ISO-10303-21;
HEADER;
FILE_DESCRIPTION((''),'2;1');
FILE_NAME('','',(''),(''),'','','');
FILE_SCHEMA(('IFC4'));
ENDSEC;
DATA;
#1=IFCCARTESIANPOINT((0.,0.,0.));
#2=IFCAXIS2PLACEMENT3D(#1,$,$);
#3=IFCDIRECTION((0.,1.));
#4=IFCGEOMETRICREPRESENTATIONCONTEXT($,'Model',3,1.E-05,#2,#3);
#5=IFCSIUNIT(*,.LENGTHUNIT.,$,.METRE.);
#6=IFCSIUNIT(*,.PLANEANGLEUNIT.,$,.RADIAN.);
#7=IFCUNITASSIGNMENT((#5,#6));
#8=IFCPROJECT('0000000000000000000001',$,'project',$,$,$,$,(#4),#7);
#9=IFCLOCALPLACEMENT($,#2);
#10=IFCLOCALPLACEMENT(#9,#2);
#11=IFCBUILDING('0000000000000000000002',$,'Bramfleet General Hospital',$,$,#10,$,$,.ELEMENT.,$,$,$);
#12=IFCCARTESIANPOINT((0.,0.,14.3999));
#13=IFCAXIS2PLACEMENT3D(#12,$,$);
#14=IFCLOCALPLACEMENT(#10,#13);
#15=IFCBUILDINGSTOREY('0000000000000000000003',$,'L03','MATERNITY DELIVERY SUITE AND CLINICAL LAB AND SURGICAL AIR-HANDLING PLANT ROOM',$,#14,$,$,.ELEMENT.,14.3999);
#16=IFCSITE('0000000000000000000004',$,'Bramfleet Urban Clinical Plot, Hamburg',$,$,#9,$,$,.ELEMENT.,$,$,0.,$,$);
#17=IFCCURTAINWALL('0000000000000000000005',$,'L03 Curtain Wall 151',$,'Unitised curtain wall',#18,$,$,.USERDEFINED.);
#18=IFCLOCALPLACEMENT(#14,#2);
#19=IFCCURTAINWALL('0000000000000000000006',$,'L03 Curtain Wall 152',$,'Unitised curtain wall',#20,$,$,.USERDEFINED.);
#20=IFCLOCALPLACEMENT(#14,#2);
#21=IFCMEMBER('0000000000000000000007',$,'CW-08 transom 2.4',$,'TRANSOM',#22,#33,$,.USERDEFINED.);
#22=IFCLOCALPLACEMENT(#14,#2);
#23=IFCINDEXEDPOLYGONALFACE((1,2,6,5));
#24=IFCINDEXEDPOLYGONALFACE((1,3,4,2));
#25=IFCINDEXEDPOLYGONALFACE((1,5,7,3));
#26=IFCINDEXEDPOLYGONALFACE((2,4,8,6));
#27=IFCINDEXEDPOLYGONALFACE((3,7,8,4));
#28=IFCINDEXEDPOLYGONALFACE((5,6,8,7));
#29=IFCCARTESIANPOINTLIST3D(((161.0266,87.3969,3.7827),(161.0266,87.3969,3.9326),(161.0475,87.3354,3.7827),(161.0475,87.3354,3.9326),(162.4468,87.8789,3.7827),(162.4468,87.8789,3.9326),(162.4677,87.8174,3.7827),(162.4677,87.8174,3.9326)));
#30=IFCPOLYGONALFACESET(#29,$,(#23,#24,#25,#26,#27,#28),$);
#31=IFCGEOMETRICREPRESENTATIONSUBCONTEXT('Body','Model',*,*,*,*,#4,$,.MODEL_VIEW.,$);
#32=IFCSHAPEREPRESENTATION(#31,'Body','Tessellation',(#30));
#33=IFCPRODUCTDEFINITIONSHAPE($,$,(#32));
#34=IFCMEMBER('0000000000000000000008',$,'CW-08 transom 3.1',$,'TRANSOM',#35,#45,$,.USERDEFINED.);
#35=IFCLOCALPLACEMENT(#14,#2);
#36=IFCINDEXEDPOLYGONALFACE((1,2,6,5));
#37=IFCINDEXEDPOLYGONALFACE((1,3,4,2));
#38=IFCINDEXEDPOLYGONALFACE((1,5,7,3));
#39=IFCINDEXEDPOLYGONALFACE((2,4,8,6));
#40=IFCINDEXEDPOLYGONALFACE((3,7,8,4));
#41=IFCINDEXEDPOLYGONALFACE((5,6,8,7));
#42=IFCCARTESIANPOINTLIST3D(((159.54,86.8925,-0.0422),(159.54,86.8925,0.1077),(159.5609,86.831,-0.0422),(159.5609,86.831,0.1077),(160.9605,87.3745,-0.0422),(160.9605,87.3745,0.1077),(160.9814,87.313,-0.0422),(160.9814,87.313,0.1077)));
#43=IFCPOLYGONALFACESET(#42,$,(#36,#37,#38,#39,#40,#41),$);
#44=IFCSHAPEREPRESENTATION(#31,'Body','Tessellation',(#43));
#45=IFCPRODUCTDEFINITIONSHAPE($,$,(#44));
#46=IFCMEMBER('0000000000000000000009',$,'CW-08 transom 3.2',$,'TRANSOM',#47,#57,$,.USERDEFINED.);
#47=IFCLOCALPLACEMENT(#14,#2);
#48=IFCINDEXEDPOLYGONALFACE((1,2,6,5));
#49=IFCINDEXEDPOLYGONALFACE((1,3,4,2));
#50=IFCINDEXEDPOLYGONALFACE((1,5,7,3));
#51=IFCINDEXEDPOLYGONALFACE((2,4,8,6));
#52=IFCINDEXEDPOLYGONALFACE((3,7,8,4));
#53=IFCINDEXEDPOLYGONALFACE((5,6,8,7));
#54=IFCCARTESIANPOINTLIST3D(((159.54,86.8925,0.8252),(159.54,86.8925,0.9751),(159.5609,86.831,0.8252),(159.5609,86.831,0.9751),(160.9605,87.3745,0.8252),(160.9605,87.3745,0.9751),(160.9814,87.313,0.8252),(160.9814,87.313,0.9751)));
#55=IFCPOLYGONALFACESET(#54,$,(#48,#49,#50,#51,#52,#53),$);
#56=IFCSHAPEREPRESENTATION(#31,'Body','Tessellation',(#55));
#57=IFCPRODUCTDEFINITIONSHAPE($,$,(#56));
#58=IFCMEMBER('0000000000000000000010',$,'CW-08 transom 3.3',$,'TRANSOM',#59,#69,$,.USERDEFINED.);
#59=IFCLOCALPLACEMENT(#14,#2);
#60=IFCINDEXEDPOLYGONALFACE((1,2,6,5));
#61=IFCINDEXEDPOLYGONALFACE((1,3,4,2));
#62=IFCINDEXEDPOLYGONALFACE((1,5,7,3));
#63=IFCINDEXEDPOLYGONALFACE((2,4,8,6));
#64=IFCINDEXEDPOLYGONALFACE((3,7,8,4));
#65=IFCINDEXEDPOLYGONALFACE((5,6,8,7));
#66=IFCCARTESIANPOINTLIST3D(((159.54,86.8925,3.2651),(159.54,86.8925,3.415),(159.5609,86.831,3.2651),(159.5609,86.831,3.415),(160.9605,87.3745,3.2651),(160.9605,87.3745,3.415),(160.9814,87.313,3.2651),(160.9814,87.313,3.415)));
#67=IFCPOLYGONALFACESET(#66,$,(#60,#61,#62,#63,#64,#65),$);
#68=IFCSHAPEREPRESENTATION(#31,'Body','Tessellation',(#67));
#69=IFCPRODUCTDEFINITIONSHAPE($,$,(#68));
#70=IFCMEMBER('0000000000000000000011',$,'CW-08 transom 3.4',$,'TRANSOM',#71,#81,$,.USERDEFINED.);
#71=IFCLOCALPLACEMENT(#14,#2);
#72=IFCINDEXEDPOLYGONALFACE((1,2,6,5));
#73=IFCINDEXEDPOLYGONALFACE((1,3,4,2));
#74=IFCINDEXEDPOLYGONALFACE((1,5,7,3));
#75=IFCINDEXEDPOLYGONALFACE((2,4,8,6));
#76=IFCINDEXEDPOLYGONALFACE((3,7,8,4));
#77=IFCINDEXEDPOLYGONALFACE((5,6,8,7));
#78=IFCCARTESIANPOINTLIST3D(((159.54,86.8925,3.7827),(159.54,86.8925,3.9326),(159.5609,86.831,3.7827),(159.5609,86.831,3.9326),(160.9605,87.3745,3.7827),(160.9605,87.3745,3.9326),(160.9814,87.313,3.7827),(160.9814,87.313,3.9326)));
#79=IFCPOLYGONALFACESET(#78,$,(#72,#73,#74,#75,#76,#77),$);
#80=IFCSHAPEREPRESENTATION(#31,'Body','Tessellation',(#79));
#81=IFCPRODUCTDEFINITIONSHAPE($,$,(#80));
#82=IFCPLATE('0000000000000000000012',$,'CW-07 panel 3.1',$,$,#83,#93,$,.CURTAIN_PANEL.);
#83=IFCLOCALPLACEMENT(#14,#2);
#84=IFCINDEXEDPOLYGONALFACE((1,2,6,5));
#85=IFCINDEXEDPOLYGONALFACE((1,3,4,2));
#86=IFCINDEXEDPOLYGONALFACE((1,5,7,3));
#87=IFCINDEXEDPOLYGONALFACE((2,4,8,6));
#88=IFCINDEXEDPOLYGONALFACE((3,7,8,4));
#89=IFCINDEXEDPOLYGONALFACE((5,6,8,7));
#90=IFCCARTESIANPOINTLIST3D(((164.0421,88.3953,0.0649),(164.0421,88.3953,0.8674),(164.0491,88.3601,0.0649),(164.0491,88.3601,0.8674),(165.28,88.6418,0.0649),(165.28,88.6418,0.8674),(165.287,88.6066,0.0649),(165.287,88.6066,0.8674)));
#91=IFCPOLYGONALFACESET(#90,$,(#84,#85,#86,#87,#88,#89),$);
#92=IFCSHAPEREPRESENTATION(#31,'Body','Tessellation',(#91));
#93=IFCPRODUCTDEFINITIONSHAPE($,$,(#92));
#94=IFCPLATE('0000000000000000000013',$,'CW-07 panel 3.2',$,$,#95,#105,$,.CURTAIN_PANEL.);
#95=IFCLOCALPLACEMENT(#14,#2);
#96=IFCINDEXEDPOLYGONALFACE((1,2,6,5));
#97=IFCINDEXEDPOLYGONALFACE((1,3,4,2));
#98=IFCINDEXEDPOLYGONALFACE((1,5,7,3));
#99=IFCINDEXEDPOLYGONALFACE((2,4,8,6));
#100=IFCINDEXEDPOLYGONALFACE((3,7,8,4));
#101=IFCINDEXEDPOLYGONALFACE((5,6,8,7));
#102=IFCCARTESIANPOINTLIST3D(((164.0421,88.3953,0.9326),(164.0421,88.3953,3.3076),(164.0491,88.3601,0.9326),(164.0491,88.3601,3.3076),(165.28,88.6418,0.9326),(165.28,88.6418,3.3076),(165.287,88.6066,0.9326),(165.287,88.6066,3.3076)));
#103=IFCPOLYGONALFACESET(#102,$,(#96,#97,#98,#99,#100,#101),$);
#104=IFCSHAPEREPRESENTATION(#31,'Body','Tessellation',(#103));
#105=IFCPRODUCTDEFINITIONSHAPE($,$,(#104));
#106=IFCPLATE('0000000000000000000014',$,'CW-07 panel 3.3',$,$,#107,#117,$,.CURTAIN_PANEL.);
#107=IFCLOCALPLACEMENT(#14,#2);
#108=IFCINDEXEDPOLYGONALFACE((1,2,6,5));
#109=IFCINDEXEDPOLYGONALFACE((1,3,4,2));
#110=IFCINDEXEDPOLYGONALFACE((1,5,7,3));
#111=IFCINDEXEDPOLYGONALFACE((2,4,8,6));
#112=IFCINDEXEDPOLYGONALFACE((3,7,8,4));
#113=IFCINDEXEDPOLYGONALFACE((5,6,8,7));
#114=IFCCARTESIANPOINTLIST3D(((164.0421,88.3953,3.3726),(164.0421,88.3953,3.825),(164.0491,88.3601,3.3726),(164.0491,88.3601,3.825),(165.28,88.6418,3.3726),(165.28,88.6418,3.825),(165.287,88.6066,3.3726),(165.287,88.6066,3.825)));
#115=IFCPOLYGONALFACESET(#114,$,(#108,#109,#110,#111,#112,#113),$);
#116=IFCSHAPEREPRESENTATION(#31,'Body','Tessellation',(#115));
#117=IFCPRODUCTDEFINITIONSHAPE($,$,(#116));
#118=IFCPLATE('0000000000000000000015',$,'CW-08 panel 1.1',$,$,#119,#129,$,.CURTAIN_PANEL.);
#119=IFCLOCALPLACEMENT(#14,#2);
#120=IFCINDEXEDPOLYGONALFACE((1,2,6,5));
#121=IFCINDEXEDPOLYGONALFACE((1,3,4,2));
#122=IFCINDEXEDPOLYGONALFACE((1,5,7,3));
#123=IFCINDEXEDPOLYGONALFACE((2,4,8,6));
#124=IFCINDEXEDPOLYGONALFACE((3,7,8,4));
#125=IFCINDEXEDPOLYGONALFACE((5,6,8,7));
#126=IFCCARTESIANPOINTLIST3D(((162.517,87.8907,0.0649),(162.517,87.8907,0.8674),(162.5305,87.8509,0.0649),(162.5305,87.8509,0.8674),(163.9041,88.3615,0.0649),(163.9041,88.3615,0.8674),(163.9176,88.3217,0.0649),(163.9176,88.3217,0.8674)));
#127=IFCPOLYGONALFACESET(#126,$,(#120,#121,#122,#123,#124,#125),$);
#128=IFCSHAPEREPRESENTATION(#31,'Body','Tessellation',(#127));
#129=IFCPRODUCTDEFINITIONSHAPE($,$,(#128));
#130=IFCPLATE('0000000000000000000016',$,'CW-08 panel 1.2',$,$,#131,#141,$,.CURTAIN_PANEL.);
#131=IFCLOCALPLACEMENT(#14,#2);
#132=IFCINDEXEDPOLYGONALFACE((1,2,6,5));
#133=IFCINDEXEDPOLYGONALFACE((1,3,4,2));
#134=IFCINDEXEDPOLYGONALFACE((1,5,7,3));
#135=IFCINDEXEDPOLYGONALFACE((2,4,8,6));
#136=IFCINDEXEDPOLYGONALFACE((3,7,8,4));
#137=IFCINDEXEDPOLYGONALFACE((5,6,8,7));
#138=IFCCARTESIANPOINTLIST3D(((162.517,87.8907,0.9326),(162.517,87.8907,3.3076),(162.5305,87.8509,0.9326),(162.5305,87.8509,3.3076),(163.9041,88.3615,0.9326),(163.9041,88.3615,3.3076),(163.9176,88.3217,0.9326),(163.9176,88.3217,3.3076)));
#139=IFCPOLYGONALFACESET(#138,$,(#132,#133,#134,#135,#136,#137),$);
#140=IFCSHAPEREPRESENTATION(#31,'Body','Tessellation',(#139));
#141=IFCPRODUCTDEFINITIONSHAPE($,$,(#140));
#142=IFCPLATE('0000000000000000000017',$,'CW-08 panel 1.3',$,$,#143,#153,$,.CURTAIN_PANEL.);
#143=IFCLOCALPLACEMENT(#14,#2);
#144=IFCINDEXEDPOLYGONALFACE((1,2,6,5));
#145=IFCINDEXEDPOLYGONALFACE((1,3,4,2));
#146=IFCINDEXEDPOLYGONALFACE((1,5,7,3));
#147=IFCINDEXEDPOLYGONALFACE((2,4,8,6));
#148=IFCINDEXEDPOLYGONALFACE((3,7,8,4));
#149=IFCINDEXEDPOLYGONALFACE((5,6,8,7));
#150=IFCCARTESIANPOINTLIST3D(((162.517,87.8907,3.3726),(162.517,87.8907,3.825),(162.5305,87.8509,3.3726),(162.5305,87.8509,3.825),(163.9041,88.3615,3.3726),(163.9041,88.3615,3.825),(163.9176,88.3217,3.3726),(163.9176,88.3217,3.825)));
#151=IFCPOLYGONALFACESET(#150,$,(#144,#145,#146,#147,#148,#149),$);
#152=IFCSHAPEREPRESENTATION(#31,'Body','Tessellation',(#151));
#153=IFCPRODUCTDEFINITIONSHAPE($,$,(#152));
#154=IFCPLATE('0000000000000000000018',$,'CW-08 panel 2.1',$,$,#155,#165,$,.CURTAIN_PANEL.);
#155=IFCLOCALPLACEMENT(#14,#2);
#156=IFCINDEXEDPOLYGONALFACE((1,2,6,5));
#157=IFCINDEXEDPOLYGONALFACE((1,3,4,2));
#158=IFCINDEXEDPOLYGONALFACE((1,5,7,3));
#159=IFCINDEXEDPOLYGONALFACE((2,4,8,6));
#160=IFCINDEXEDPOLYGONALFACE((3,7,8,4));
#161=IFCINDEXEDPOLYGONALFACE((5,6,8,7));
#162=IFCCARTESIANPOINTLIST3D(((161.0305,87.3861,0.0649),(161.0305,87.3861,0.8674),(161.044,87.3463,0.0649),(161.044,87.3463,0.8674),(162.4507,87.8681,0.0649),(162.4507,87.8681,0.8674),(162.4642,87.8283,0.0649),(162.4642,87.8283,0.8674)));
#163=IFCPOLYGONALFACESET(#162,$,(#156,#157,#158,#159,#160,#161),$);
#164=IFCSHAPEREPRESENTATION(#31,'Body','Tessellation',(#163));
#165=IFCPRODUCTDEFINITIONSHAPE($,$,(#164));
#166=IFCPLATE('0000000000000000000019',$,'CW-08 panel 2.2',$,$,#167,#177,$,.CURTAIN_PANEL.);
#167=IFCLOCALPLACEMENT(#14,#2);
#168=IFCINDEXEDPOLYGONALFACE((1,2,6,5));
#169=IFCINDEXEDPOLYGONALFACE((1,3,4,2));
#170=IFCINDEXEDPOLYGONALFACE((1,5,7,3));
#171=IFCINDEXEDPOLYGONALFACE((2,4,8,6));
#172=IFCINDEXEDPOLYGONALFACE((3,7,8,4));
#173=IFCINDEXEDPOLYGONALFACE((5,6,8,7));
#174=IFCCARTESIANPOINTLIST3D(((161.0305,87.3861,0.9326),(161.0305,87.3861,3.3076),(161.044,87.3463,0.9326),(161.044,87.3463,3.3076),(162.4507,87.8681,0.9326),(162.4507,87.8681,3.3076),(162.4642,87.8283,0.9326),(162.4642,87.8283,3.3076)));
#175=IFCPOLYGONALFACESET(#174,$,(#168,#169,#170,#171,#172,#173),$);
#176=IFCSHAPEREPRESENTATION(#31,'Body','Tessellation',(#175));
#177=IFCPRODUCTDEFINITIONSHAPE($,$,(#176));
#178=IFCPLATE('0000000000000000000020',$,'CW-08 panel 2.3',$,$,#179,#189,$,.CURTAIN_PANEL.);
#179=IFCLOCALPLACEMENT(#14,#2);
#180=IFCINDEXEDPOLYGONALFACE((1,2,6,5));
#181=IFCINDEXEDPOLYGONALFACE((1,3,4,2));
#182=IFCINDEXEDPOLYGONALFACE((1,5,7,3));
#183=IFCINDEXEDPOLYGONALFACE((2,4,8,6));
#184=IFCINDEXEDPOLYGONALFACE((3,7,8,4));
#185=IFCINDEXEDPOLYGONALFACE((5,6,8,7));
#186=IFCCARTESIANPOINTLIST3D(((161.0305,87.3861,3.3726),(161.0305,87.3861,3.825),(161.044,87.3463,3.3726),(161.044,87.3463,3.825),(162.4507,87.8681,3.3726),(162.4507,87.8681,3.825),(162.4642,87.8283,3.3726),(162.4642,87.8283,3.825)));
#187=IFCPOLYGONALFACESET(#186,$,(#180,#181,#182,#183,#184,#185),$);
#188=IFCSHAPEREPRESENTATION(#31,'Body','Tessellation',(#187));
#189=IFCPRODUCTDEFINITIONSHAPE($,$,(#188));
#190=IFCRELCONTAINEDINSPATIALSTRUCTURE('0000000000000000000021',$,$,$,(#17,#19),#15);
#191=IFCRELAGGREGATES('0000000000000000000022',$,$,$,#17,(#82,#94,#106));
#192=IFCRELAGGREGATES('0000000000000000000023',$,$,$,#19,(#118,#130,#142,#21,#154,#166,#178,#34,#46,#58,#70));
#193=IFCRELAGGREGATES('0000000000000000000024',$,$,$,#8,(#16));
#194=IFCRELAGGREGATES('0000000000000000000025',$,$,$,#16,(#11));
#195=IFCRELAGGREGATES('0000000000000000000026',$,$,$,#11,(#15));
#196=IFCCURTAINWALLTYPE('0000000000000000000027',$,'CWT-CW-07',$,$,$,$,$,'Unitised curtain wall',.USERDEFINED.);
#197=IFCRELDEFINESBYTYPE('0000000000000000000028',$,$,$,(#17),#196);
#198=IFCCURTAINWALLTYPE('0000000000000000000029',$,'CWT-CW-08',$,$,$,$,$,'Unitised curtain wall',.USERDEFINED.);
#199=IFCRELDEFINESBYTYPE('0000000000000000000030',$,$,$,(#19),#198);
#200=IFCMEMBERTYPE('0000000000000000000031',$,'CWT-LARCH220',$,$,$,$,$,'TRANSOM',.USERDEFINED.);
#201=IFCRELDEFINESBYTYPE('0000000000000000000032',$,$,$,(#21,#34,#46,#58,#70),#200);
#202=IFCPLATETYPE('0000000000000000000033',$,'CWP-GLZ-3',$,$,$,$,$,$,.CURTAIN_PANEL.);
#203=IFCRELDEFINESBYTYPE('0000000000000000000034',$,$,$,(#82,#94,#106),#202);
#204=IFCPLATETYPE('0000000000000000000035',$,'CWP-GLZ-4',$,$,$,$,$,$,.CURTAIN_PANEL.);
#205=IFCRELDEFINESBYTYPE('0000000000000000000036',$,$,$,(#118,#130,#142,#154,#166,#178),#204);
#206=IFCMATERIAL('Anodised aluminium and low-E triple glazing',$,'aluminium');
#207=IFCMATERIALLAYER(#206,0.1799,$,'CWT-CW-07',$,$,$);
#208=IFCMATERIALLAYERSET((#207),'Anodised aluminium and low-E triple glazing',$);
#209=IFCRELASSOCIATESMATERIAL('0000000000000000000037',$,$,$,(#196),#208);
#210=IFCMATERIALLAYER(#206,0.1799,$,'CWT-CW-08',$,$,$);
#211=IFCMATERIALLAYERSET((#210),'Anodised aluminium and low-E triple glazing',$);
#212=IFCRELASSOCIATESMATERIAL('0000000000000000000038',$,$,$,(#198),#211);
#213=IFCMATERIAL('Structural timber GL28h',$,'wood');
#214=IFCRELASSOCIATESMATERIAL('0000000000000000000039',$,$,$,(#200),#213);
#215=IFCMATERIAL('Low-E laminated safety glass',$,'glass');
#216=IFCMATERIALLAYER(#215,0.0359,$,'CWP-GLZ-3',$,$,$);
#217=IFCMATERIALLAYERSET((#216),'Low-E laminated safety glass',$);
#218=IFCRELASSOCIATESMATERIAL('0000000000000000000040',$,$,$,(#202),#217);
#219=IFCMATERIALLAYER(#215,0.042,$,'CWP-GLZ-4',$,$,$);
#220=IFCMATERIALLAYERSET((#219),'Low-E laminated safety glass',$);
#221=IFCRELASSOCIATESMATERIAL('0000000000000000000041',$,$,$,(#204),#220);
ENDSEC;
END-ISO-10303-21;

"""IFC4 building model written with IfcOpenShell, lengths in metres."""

from ifc_helpers import new_model, si_unit, direction, frame, origin, origin_2d, place, context, subcontext, project, spatial, rectangle, extrude, material, layer, layer_set, material_profile, profile_set, type_object, element, aggregate, save


model = new_model("IFC4")

# Units and contexts
model_context = context("Model", 3, precision=1e-05, world=origin(), true_north=direction((0.0, 1.0)))
body_context = subcontext(model_context, "Body", "Model", "MODEL_VIEW")
ifc_project = project(units=[si_unit("LENGTHUNIT", "METRE"), si_unit("PLANEANGLEUNIT", "RADIAN")], contexts=[model_context])

# Site, building, storey
site_placement = place(None, origin())
site = spatial("IfcSite", under=ifc_project, at=site_placement, Name="Bramfleet Urban Clinical Plot, Hamburg", CompositionType="ELEMENT", RefElevation=0.0)
building_placement = place(site_placement, origin())
building = spatial("IfcBuilding", under=site, at=building_placement, Name="Bramfleet General Hospital", CompositionType="ELEMENT")
storey_placement = place(building_placement, frame((0.0, 0.0, 14.3999)))
storey = spatial("IfcBuildingStorey", under=building, at=storey_placement, Name="L03", Description="MATERNITY DELIVERY SUITE AND CLINICAL LAB AND SURGICAL AIR-HANDLING PLANT ROOM", CompositionType="ELEMENT", Elevation=14.3999)

# Curtain wall
ifc_material_1 = material(Name="Anodised aluminium and low-E triple glazing", Category="aluminium")
ifc_layer_1 = layer(ifc_material_1, 0.1799, Name="CWT-CW-07")
ifc_layer_set_1 = layer_set([ifc_layer_1], Name="Anodised aluminium and low-E triple glazing")
curtain_wall_type_1 = type_object("IfcCurtainWallType", Name="CWT-CW-07", ElementType="Unitised curtain wall", PredefinedType="USERDEFINED", material=ifc_layer_set_1)
curtain_wall_1_placement = place(storey_placement, origin())
curtain_wall_1 = element("IfcCurtainWall", 1, at=curtain_wall_1_placement, inside=storey, type_object=curtain_wall_type_1, Name="L03 Curtain Wall 151", ObjectType="Unitised curtain wall", PredefinedType="USERDEFINED")
ifc_material_2 = material(Name="Structural timber GL28h", Category="wood")

# Curtain wall
ifc_layer_2 = layer(ifc_material_1, 0.1799, Name="CWT-CW-08")
ifc_layer_set_2 = layer_set([ifc_layer_2], Name="Anodised aluminium and low-E triple glazing")
curtain_wall_type_2 = type_object("IfcCurtainWallType", Name="CWT-CW-08", ElementType="Unitised curtain wall", PredefinedType="USERDEFINED", material=ifc_layer_set_2)
curtain_wall_2_placement = place(storey_placement, origin())
curtain_wall_2 = element("IfcCurtainWall", 2, at=curtain_wall_2_placement, inside=storey, type_object=curtain_wall_type_2, Name="L03 Curtain Wall 152", ObjectType="Unitised curtain wall", PredefinedType="USERDEFINED")

# Members
ifc_material_profile_1 = material_profile(ifc_material_2, rectangle(XDim=0.0649, YDim=0.1499, at=origin_2d()), Name="LARCH 150x65")
ifc_profile_set_1 = profile_set([ifc_material_profile_1], Name="Structural timber GL28h")
member_type_1 = type_object("IfcMemberType", Name="CWT-LARCH220", ElementType="TRANSOM", PredefinedType="USERDEFINED", material=ifc_profile_set_1)
member_1_placement = place(storey_placement, frame((162.4573, 87.8481, 3.8577), z_axis=(-0.94696, -0.321351, 0.0), x_axis=(0.321351, -0.94696, 0.0)))
member_1 = element("IfcMember", 3, at=member_1_placement, type_object=member_type_1, Name="CW-08 transom 2.4", ObjectType="TRANSOM", PredefinedType="USERDEFINED", context=body_context, shape_type="SweptSolid", body=[
    extrude(rectangle(XDim=0.0649, YDim=0.1499, at=origin_2d()), origin(), (0.0, 0.0, 1.0), 1.4998),
])
member_2_placement = place(storey_placement, frame((160.9709, 87.3438, 0.0327), z_axis=(-0.946977, -0.321302, 0.0), x_axis=(0.321302, -0.946977, 0.0)))
member_2 = element("IfcMember", 4, at=member_2_placement, type_object=member_type_1, Name="CW-08 transom 3.1", ObjectType="TRANSOM", PredefinedType="USERDEFINED", context=body_context, shape_type="SweptSolid", body=[
    extrude(rectangle(XDim=0.0649, YDim=0.1499, at=origin_2d()), origin(), (0.0, 0.0, 1.0), 1.5),
])
member_3_placement = place(storey_placement, frame((160.9709, 87.3438, 0.9001), z_axis=(-0.946977, -0.321302, 0.0), x_axis=(0.321302, -0.946977, 0.0)))
member_3 = element("IfcMember", 5, at=member_3_placement, type_object=member_type_1, Name="CW-08 transom 3.2", ObjectType="TRANSOM", PredefinedType="USERDEFINED", context=body_context, shape_type="SweptSolid", body=[
    extrude(rectangle(XDim=0.0649, YDim=0.1499, at=origin_2d()), origin(), (0.0, 0.0, 1.0), 1.5),
])
member_4_placement = place(storey_placement, frame((160.9709, 87.3438, 3.3401), z_axis=(-0.946977, -0.321302, 0.0), x_axis=(0.321302, -0.946977, 0.0)))
member_4 = element("IfcMember", 6, at=member_4_placement, type_object=member_type_1, Name="CW-08 transom 3.3", ObjectType="TRANSOM", PredefinedType="USERDEFINED", context=body_context, shape_type="SweptSolid", body=[
    extrude(rectangle(XDim=0.0649, YDim=0.1499, at=origin_2d()), origin(), (0.0, 0.0, 1.0), 1.5),
])
member_5_placement = place(storey_placement, frame((160.9709, 87.3438, 3.8577), z_axis=(-0.946977, -0.321302, 0.0), x_axis=(0.321302, -0.946977, 0.0)))
member_5 = element("IfcMember", 7, at=member_5_placement, type_object=member_type_1, Name="CW-08 transom 3.4", ObjectType="TRANSOM", PredefinedType="USERDEFINED", context=body_context, shape_type="SweptSolid", body=[
    extrude(rectangle(XDim=0.0649, YDim=0.1499, at=origin_2d()), origin(), (0.0, 0.0, 1.0), 1.5),
])

# Plates
ifc_material_3 = material(Name="Low-E laminated safety glass", Category="glass")
ifc_layer_3 = layer(ifc_material_3, 0.0359, Name="CWP-GLZ-3")
ifc_layer_set_3 = layer_set([ifc_layer_3], Name="Low-E laminated safety glass")
plate_type_1 = type_object("IfcPlateType", Name="CWP-GLZ-3", PredefinedType="CURTAIN_PANEL", material=ifc_layer_set_3)
plate_1_placement = place(storey_placement, frame((164.6646, 88.501, 0.0649), z_axis=(0.0, 0.0, 1.0), x_axis=(-0.980749, -0.195272, 0.0)))
plate_1 = element("IfcPlate", 8, at=plate_1_placement, type_object=plate_type_1, Name="CW-07 panel 3.1", PredefinedType="CURTAIN_PANEL", context=body_context, shape_type="SweptSolid", body=[
    extrude(rectangle(XDim=1.2622, YDim=0.0359, at=origin_2d()), origin(), (0.0, 0.0, 1.0), 0.8025),
])
plate_2_placement = place(storey_placement, frame((164.6646, 88.501, 0.9326), z_axis=(0.0, 0.0, 1.0), x_axis=(-0.980749, -0.195272, 0.0)))
plate_2 = element("IfcPlate", 9, at=plate_2_placement, type_object=plate_type_1, Name="CW-07 panel 3.2", PredefinedType="CURTAIN_PANEL", context=body_context, shape_type="SweptSolid", body=[
    extrude(rectangle(XDim=1.2622, YDim=0.0359, at=origin_2d()), origin(), (0.0, 0.0, 1.0), 2.375),
])
plate_3_placement = place(storey_placement, frame((164.6646, 88.501, 3.3726), z_axis=(0.0, 0.0, 1.0), x_axis=(-0.980749, -0.195272, 0.0)))
plate_3 = element("IfcPlate", 10, at=plate_3_placement, type_object=plate_type_1, Name="CW-07 panel 3.3", PredefinedType="CURTAIN_PANEL", context=body_context, shape_type="SweptSolid", body=[
    extrude(rectangle(XDim=1.2622, YDim=0.0359, at=origin_2d()), origin(), (0.0, 0.0, 1.0), 0.4524),
])
aggregate(curtain_wall_1, [plate_1, plate_2, plate_3])
ifc_layer_4 = layer(ifc_material_3, 0.042, Name="CWP-GLZ-4")
ifc_layer_set_4 = layer_set([ifc_layer_4], Name="Low-E laminated safety glass")
plate_type_2 = type_object("IfcPlateType", Name="CWP-GLZ-4", PredefinedType="CURTAIN_PANEL", material=ifc_layer_set_4)
plate_4_placement = place(storey_placement, frame((163.2173, 88.1062, 0.0649), z_axis=(0.0, 0.0, 1.0), x_axis=(-0.946949, -0.321383, 0.0)))
plate_4 = element("IfcPlate", 11, at=plate_4_placement, type_object=plate_type_2, Name="CW-08 panel 1.1", PredefinedType="CURTAIN_PANEL", context=body_context, shape_type="SweptSolid", body=[
    extrude(rectangle(XDim=1.4648, YDim=0.042, at=origin_2d()), origin(), (0.0, 0.0, 1.0), 0.8025),
])
plate_5_placement = place(storey_placement, frame((163.2173, 88.1062, 0.9326), z_axis=(0.0, 0.0, 1.0), x_axis=(-0.946949, -0.321383, 0.0)))
plate_5 = element("IfcPlate", 12, at=plate_5_placement, type_object=plate_type_2, Name="CW-08 panel 1.2", PredefinedType="CURTAIN_PANEL", context=body_context, shape_type="SweptSolid", body=[
    extrude(rectangle(XDim=1.4648, YDim=0.042, at=origin_2d()), origin(), (0.0, 0.0, 1.0), 2.375),
])
plate_6_placement = place(storey_placement, frame((163.2173, 88.1062, 3.3726), z_axis=(0.0, 0.0, 1.0), x_axis=(-0.946949, -0.321383, 0.0)))
plate_6 = element("IfcPlate", 13, at=plate_6_placement, type_object=plate_type_2, Name="CW-08 panel 1.3", PredefinedType="CURTAIN_PANEL", context=body_context, shape_type="SweptSolid", body=[
    extrude(rectangle(XDim=1.4648, YDim=0.042, at=origin_2d()), origin(), (0.0, 0.0, 1.0), 0.4524),
])
plate_7_placement = place(storey_placement, frame((161.7473, 87.6072, 0.0649), z_axis=(0.0, 0.0, 1.0), x_axis=(-0.946949, -0.321383, 0.0)))
plate_7 = element("IfcPlate", 14, at=plate_7_placement, type_object=plate_type_2, Name="CW-08 panel 2.1", PredefinedType="CURTAIN_PANEL", context=body_context, shape_type="SweptSolid", body=[
    extrude(rectangle(XDim=1.4998, YDim=0.042, at=origin_2d()), origin(), (0.0, 0.0, 1.0), 0.8025),
])
plate_8_placement = place(storey_placement, frame((161.7473, 87.6072, 0.9326), z_axis=(0.0, 0.0, 1.0), x_axis=(-0.946949, -0.321383, 0.0)))
plate_8 = element("IfcPlate", 15, at=plate_8_placement, type_object=plate_type_2, Name="CW-08 panel 2.2", PredefinedType="CURTAIN_PANEL", context=body_context, shape_type="SweptSolid", body=[
    extrude(rectangle(XDim=1.4998, YDim=0.042, at=origin_2d()), origin(), (0.0, 0.0, 1.0), 2.375),
])
plate_9_placement = place(storey_placement, frame((161.7473, 87.6072, 3.3726), z_axis=(0.0, 0.0, 1.0), x_axis=(-0.946949, -0.321383, 0.0)))
plate_9 = element("IfcPlate", 16, at=plate_9_placement, type_object=plate_type_2, Name="CW-08 panel 2.3", PredefinedType="CURTAIN_PANEL", context=body_context, shape_type="SweptSolid", body=[
    extrude(rectangle(XDim=1.4998, YDim=0.042, at=origin_2d()), origin(), (0.0, 0.0, 1.0), 0.4524),
])
aggregate(curtain_wall_2, [plate_4, plate_5, plate_6, member_1, plate_7, plate_8, plate_9, member_2, member_3, member_4, member_5])

save(model, "model.ifc")
